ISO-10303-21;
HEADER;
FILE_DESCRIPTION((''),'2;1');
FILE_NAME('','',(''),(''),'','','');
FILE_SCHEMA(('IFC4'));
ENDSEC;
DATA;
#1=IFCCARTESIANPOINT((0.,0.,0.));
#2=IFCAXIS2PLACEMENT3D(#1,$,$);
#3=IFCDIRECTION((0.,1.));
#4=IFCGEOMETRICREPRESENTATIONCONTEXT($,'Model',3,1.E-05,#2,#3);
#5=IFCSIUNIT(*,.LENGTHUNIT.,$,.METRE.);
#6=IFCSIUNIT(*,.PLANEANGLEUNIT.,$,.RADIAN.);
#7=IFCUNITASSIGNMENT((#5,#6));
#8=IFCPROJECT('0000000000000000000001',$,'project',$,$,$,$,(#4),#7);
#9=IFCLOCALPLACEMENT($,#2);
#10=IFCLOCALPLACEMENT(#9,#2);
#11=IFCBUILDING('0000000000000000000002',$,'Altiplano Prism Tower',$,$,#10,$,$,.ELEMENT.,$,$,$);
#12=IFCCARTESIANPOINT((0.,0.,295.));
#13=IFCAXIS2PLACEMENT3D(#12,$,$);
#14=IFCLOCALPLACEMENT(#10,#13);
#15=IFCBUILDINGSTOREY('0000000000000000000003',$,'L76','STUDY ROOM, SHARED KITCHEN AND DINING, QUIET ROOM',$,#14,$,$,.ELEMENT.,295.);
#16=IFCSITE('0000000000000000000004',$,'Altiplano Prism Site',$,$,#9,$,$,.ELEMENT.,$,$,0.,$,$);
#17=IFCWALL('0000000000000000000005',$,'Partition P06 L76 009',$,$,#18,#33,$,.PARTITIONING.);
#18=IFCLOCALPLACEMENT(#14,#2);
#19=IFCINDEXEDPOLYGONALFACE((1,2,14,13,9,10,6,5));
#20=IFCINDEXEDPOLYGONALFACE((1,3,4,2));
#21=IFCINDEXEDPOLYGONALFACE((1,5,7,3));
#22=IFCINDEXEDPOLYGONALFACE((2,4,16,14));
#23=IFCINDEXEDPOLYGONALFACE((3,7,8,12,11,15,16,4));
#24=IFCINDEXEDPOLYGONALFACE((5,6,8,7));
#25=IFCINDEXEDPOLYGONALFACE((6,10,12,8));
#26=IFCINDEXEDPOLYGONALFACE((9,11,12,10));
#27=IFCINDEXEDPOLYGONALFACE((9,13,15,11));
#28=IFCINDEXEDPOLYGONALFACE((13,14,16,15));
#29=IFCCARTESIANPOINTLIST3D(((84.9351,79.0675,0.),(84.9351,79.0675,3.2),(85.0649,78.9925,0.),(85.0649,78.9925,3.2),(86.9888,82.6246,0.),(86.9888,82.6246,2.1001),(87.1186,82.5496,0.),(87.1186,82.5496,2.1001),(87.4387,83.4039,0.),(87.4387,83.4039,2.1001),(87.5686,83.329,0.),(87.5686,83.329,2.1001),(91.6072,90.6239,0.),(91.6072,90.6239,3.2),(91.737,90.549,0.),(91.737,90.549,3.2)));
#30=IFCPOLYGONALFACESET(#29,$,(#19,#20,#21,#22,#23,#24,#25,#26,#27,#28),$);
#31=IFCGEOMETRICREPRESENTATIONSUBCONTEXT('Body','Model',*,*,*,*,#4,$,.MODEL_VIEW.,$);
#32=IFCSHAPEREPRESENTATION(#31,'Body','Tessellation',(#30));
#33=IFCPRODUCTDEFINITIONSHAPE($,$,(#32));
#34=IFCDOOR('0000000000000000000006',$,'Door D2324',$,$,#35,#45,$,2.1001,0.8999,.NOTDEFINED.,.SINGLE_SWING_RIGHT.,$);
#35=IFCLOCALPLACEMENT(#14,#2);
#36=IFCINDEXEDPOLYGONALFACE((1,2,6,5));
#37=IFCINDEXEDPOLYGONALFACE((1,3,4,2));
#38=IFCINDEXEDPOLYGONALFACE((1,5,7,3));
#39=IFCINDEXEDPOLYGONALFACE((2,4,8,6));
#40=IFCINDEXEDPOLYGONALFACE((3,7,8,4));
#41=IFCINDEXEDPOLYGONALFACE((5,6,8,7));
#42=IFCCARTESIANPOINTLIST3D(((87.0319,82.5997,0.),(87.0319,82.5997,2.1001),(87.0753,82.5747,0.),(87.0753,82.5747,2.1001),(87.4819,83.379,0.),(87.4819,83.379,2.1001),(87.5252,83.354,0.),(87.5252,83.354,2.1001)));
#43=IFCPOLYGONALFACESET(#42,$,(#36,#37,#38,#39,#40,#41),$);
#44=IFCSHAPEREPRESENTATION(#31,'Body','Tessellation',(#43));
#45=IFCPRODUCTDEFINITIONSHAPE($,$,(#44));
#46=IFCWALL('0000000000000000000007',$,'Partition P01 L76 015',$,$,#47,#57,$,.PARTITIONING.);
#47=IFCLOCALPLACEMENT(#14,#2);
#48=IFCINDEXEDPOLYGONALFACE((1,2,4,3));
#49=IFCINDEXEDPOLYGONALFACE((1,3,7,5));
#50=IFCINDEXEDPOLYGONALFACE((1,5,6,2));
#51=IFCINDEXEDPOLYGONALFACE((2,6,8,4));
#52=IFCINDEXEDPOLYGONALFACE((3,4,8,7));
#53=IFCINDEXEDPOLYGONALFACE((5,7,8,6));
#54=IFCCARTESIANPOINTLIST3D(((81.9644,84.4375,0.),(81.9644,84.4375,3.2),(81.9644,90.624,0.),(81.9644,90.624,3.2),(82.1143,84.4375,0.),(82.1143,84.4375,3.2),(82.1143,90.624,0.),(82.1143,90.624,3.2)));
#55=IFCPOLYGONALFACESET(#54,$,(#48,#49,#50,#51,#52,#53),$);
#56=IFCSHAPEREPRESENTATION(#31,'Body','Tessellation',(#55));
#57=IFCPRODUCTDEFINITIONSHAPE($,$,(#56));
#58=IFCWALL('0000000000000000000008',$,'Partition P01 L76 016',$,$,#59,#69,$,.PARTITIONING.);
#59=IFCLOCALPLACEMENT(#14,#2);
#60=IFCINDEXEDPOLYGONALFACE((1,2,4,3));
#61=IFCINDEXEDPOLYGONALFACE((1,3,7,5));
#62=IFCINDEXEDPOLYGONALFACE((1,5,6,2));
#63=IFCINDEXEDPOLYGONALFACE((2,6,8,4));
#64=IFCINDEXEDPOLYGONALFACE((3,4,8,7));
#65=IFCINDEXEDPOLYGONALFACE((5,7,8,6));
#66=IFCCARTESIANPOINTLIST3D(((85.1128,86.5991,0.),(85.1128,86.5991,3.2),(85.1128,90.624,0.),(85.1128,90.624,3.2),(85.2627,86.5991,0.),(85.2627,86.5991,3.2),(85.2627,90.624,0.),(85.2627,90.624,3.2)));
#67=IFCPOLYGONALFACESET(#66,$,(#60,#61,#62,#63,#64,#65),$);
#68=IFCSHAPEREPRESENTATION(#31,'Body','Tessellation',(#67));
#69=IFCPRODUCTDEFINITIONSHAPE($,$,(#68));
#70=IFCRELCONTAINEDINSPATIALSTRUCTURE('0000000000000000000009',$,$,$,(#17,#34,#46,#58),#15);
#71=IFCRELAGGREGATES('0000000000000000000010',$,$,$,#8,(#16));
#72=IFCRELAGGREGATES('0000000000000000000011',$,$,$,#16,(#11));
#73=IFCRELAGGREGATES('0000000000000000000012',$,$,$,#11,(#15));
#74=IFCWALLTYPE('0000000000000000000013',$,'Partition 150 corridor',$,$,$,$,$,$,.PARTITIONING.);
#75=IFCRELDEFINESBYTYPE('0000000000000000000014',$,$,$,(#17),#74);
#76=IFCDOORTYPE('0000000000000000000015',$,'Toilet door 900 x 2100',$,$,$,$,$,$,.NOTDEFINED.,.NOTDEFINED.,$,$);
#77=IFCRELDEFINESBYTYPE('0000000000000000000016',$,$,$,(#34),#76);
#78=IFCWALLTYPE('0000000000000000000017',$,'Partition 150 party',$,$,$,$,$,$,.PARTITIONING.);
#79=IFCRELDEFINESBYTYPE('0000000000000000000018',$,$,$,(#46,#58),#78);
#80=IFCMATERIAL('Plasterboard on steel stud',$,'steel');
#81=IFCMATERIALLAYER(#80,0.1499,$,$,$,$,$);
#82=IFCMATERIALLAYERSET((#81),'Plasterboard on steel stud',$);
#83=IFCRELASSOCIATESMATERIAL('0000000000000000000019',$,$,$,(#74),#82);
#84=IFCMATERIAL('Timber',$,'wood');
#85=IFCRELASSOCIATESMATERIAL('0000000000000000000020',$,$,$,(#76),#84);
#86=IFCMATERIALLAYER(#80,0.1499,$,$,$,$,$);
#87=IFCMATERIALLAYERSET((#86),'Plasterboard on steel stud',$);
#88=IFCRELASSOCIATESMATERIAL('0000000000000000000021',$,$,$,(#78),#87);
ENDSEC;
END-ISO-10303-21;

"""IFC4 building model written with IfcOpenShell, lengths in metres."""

from ifc_helpers import new_model, si_unit, direction, frame, frame_2d, origin, place, context, subcontext, project, spatial, rectangle, extrude, material, layer, layer_set, type_object, element, fill, save


model = new_model("IFC4")

# Units and contexts
model_context = context("Model", 3, precision=1e-05, world=origin(), true_north=direction((0.0, 1.0)))
body_context = subcontext(model_context, "Body", "Model", "MODEL_VIEW")
ifc_project = project(units=[si_unit("LENGTHUNIT", "METRE"), si_unit("PLANEANGLEUNIT", "RADIAN")], contexts=[model_context])

# Site, building, storey
site_placement = place(None, origin())
site = spatial("IfcSite", under=ifc_project, at=site_placement, Name="Altiplano Prism Site", CompositionType="ELEMENT", RefElevation=0.0)
building_placement = place(site_placement, origin())
building = spatial("IfcBuilding", under=site, at=building_placement, Name="Altiplano Prism Tower", CompositionType="ELEMENT")
storey_placement = place(building_placement, frame((0.0, 0.0, 295.0)))
storey = spatial("IfcBuildingStorey", under=building, at=storey_placement, Name="L76", Description="STUDY ROOM, SHARED KITCHEN AND DINING, QUIET ROOM", CompositionType="ELEMENT", Elevation=295.0)

# Shared definitions
ifc_material_1 = material(Name="Plasterboard on steel stud", Category="steel")
ifc_material_2 = material(Name="Timber", Category="wood")

# Wall, opening, door
ifc_layer_1 = layer(ifc_material_1, 0.1499)
ifc_layer_set_1 = layer_set([ifc_layer_1], Name="Plasterboard on steel stud")
wall_type_1 = type_object("IfcWallType", Name="Partition 150 corridor", PredefinedType="PARTITIONING", material=ifc_layer_set_1)
door_type_1 = type_object("IfcDoorType", Name="Toilet door 900 x 2100", OperationType="NOTDEFINED", PredefinedType="NOTDEFINED", material=ifc_material_2)
wall_1_placement = place(storey_placement, frame((91.6721, 90.5864, 0.0), z_axis=(0.0, 0.0, 1.0), x_axis=(-0.500002, -0.866024, 0.0)))
wall_1 = element("IfcWall", 1, at=wall_1_placement, inside=storey, type_object=wall_type_1, Name="Partition P06 L76 009", PredefinedType="PARTITIONING", context=body_context, shape_type="SweptSolid", body=[
    extrude(rectangle(XDim=13.3442, YDim=0.1499, at=frame_2d((6.6721, 0.0))), origin(), (0.0, 0.0, 1.0), 3.2),
])
opening_1_placement = place(wall_1_placement, frame((8.3369, 0.0, 0.0)))
opening_1 = element("IfcOpeningElement", 2, at=opening_1_placement, cuts=wall_1, PredefinedType="OPENING", context=body_context, shape_type="SweptSolid", body=[
    extrude(rectangle(XDim=0.8999, YDim=2.1001, at=frame_2d((0.45, 1.05))), frame((0.0, 0.0854, 0.0), z_axis=(0.0, -1.0, 0.0), x_axis=(1.0, 0.0, 0.0)), (0.0, 0.0, 1.0), 0.1709),
])
door_1_placement = place(opening_1_placement, origin())
door_1 = element("IfcDoor", 3, at=door_1_placement, inside=storey, type_object=door_type_1, Name="Door D2324", OperationType="SINGLE_SWING_RIGHT", OverallHeight=2.1001, OverallWidth=0.8999, PredefinedType="NOTDEFINED", context=body_context, shape_type="SweptSolid", body=[
    extrude(rectangle(XDim=0.8999, YDim=2.1001, at=frame_2d((0.45, 1.05))), frame((0.0, 0.0249, 0.0), z_axis=(0.0, -1.0, 0.0), x_axis=(1.0, 0.0, 0.0)), (0.0, 0.0, 1.0), 0.05),
])
fill(opening_1, door_1)

# Walls
ifc_layer_2 = layer(ifc_material_1, 0.1499)
ifc_layer_set_2 = layer_set([ifc_layer_2], Name="Plasterboard on steel stud")
wall_type_2 = type_object("IfcWallType", Name="Partition 150 party", PredefinedType="PARTITIONING", material=ifc_layer_set_2)
wall_2_placement = place(storey_placement, frame((82.0393, 84.4375, 0.0), z_axis=(0.0, 0.0, 1.0), x_axis=(0.0, 1.0, 0.0)))
element("IfcWall", 4, at=wall_2_placement, inside=storey, type_object=wall_type_2, Name="Partition P01 L76 015", PredefinedType="PARTITIONING", context=body_context, shape_type="SweptSolid", body=[
    extrude(rectangle(XDim=6.1865, YDim=0.1499, at=frame_2d((3.0933, 0.0))), origin(), (0.0, 0.0, 1.0), 3.2),
])
wall_3_placement = place(storey_placement, frame((85.1877, 86.5991, 0.0), z_axis=(0.0, 0.0, 1.0), x_axis=(0.0, 1.0, 0.0)))
element("IfcWall", 5, at=wall_3_placement, inside=storey, type_object=wall_type_2, Name="Partition P01 L76 016", PredefinedType="PARTITIONING", context=body_context, shape_type="SweptSolid", body=[
    extrude(rectangle(XDim=4.0249, YDim=0.1499, at=frame_2d((2.0125, 0.0))), origin(), (0.0, 0.0, 1.0), 3.2),
])

save(model, "model.ifc")
